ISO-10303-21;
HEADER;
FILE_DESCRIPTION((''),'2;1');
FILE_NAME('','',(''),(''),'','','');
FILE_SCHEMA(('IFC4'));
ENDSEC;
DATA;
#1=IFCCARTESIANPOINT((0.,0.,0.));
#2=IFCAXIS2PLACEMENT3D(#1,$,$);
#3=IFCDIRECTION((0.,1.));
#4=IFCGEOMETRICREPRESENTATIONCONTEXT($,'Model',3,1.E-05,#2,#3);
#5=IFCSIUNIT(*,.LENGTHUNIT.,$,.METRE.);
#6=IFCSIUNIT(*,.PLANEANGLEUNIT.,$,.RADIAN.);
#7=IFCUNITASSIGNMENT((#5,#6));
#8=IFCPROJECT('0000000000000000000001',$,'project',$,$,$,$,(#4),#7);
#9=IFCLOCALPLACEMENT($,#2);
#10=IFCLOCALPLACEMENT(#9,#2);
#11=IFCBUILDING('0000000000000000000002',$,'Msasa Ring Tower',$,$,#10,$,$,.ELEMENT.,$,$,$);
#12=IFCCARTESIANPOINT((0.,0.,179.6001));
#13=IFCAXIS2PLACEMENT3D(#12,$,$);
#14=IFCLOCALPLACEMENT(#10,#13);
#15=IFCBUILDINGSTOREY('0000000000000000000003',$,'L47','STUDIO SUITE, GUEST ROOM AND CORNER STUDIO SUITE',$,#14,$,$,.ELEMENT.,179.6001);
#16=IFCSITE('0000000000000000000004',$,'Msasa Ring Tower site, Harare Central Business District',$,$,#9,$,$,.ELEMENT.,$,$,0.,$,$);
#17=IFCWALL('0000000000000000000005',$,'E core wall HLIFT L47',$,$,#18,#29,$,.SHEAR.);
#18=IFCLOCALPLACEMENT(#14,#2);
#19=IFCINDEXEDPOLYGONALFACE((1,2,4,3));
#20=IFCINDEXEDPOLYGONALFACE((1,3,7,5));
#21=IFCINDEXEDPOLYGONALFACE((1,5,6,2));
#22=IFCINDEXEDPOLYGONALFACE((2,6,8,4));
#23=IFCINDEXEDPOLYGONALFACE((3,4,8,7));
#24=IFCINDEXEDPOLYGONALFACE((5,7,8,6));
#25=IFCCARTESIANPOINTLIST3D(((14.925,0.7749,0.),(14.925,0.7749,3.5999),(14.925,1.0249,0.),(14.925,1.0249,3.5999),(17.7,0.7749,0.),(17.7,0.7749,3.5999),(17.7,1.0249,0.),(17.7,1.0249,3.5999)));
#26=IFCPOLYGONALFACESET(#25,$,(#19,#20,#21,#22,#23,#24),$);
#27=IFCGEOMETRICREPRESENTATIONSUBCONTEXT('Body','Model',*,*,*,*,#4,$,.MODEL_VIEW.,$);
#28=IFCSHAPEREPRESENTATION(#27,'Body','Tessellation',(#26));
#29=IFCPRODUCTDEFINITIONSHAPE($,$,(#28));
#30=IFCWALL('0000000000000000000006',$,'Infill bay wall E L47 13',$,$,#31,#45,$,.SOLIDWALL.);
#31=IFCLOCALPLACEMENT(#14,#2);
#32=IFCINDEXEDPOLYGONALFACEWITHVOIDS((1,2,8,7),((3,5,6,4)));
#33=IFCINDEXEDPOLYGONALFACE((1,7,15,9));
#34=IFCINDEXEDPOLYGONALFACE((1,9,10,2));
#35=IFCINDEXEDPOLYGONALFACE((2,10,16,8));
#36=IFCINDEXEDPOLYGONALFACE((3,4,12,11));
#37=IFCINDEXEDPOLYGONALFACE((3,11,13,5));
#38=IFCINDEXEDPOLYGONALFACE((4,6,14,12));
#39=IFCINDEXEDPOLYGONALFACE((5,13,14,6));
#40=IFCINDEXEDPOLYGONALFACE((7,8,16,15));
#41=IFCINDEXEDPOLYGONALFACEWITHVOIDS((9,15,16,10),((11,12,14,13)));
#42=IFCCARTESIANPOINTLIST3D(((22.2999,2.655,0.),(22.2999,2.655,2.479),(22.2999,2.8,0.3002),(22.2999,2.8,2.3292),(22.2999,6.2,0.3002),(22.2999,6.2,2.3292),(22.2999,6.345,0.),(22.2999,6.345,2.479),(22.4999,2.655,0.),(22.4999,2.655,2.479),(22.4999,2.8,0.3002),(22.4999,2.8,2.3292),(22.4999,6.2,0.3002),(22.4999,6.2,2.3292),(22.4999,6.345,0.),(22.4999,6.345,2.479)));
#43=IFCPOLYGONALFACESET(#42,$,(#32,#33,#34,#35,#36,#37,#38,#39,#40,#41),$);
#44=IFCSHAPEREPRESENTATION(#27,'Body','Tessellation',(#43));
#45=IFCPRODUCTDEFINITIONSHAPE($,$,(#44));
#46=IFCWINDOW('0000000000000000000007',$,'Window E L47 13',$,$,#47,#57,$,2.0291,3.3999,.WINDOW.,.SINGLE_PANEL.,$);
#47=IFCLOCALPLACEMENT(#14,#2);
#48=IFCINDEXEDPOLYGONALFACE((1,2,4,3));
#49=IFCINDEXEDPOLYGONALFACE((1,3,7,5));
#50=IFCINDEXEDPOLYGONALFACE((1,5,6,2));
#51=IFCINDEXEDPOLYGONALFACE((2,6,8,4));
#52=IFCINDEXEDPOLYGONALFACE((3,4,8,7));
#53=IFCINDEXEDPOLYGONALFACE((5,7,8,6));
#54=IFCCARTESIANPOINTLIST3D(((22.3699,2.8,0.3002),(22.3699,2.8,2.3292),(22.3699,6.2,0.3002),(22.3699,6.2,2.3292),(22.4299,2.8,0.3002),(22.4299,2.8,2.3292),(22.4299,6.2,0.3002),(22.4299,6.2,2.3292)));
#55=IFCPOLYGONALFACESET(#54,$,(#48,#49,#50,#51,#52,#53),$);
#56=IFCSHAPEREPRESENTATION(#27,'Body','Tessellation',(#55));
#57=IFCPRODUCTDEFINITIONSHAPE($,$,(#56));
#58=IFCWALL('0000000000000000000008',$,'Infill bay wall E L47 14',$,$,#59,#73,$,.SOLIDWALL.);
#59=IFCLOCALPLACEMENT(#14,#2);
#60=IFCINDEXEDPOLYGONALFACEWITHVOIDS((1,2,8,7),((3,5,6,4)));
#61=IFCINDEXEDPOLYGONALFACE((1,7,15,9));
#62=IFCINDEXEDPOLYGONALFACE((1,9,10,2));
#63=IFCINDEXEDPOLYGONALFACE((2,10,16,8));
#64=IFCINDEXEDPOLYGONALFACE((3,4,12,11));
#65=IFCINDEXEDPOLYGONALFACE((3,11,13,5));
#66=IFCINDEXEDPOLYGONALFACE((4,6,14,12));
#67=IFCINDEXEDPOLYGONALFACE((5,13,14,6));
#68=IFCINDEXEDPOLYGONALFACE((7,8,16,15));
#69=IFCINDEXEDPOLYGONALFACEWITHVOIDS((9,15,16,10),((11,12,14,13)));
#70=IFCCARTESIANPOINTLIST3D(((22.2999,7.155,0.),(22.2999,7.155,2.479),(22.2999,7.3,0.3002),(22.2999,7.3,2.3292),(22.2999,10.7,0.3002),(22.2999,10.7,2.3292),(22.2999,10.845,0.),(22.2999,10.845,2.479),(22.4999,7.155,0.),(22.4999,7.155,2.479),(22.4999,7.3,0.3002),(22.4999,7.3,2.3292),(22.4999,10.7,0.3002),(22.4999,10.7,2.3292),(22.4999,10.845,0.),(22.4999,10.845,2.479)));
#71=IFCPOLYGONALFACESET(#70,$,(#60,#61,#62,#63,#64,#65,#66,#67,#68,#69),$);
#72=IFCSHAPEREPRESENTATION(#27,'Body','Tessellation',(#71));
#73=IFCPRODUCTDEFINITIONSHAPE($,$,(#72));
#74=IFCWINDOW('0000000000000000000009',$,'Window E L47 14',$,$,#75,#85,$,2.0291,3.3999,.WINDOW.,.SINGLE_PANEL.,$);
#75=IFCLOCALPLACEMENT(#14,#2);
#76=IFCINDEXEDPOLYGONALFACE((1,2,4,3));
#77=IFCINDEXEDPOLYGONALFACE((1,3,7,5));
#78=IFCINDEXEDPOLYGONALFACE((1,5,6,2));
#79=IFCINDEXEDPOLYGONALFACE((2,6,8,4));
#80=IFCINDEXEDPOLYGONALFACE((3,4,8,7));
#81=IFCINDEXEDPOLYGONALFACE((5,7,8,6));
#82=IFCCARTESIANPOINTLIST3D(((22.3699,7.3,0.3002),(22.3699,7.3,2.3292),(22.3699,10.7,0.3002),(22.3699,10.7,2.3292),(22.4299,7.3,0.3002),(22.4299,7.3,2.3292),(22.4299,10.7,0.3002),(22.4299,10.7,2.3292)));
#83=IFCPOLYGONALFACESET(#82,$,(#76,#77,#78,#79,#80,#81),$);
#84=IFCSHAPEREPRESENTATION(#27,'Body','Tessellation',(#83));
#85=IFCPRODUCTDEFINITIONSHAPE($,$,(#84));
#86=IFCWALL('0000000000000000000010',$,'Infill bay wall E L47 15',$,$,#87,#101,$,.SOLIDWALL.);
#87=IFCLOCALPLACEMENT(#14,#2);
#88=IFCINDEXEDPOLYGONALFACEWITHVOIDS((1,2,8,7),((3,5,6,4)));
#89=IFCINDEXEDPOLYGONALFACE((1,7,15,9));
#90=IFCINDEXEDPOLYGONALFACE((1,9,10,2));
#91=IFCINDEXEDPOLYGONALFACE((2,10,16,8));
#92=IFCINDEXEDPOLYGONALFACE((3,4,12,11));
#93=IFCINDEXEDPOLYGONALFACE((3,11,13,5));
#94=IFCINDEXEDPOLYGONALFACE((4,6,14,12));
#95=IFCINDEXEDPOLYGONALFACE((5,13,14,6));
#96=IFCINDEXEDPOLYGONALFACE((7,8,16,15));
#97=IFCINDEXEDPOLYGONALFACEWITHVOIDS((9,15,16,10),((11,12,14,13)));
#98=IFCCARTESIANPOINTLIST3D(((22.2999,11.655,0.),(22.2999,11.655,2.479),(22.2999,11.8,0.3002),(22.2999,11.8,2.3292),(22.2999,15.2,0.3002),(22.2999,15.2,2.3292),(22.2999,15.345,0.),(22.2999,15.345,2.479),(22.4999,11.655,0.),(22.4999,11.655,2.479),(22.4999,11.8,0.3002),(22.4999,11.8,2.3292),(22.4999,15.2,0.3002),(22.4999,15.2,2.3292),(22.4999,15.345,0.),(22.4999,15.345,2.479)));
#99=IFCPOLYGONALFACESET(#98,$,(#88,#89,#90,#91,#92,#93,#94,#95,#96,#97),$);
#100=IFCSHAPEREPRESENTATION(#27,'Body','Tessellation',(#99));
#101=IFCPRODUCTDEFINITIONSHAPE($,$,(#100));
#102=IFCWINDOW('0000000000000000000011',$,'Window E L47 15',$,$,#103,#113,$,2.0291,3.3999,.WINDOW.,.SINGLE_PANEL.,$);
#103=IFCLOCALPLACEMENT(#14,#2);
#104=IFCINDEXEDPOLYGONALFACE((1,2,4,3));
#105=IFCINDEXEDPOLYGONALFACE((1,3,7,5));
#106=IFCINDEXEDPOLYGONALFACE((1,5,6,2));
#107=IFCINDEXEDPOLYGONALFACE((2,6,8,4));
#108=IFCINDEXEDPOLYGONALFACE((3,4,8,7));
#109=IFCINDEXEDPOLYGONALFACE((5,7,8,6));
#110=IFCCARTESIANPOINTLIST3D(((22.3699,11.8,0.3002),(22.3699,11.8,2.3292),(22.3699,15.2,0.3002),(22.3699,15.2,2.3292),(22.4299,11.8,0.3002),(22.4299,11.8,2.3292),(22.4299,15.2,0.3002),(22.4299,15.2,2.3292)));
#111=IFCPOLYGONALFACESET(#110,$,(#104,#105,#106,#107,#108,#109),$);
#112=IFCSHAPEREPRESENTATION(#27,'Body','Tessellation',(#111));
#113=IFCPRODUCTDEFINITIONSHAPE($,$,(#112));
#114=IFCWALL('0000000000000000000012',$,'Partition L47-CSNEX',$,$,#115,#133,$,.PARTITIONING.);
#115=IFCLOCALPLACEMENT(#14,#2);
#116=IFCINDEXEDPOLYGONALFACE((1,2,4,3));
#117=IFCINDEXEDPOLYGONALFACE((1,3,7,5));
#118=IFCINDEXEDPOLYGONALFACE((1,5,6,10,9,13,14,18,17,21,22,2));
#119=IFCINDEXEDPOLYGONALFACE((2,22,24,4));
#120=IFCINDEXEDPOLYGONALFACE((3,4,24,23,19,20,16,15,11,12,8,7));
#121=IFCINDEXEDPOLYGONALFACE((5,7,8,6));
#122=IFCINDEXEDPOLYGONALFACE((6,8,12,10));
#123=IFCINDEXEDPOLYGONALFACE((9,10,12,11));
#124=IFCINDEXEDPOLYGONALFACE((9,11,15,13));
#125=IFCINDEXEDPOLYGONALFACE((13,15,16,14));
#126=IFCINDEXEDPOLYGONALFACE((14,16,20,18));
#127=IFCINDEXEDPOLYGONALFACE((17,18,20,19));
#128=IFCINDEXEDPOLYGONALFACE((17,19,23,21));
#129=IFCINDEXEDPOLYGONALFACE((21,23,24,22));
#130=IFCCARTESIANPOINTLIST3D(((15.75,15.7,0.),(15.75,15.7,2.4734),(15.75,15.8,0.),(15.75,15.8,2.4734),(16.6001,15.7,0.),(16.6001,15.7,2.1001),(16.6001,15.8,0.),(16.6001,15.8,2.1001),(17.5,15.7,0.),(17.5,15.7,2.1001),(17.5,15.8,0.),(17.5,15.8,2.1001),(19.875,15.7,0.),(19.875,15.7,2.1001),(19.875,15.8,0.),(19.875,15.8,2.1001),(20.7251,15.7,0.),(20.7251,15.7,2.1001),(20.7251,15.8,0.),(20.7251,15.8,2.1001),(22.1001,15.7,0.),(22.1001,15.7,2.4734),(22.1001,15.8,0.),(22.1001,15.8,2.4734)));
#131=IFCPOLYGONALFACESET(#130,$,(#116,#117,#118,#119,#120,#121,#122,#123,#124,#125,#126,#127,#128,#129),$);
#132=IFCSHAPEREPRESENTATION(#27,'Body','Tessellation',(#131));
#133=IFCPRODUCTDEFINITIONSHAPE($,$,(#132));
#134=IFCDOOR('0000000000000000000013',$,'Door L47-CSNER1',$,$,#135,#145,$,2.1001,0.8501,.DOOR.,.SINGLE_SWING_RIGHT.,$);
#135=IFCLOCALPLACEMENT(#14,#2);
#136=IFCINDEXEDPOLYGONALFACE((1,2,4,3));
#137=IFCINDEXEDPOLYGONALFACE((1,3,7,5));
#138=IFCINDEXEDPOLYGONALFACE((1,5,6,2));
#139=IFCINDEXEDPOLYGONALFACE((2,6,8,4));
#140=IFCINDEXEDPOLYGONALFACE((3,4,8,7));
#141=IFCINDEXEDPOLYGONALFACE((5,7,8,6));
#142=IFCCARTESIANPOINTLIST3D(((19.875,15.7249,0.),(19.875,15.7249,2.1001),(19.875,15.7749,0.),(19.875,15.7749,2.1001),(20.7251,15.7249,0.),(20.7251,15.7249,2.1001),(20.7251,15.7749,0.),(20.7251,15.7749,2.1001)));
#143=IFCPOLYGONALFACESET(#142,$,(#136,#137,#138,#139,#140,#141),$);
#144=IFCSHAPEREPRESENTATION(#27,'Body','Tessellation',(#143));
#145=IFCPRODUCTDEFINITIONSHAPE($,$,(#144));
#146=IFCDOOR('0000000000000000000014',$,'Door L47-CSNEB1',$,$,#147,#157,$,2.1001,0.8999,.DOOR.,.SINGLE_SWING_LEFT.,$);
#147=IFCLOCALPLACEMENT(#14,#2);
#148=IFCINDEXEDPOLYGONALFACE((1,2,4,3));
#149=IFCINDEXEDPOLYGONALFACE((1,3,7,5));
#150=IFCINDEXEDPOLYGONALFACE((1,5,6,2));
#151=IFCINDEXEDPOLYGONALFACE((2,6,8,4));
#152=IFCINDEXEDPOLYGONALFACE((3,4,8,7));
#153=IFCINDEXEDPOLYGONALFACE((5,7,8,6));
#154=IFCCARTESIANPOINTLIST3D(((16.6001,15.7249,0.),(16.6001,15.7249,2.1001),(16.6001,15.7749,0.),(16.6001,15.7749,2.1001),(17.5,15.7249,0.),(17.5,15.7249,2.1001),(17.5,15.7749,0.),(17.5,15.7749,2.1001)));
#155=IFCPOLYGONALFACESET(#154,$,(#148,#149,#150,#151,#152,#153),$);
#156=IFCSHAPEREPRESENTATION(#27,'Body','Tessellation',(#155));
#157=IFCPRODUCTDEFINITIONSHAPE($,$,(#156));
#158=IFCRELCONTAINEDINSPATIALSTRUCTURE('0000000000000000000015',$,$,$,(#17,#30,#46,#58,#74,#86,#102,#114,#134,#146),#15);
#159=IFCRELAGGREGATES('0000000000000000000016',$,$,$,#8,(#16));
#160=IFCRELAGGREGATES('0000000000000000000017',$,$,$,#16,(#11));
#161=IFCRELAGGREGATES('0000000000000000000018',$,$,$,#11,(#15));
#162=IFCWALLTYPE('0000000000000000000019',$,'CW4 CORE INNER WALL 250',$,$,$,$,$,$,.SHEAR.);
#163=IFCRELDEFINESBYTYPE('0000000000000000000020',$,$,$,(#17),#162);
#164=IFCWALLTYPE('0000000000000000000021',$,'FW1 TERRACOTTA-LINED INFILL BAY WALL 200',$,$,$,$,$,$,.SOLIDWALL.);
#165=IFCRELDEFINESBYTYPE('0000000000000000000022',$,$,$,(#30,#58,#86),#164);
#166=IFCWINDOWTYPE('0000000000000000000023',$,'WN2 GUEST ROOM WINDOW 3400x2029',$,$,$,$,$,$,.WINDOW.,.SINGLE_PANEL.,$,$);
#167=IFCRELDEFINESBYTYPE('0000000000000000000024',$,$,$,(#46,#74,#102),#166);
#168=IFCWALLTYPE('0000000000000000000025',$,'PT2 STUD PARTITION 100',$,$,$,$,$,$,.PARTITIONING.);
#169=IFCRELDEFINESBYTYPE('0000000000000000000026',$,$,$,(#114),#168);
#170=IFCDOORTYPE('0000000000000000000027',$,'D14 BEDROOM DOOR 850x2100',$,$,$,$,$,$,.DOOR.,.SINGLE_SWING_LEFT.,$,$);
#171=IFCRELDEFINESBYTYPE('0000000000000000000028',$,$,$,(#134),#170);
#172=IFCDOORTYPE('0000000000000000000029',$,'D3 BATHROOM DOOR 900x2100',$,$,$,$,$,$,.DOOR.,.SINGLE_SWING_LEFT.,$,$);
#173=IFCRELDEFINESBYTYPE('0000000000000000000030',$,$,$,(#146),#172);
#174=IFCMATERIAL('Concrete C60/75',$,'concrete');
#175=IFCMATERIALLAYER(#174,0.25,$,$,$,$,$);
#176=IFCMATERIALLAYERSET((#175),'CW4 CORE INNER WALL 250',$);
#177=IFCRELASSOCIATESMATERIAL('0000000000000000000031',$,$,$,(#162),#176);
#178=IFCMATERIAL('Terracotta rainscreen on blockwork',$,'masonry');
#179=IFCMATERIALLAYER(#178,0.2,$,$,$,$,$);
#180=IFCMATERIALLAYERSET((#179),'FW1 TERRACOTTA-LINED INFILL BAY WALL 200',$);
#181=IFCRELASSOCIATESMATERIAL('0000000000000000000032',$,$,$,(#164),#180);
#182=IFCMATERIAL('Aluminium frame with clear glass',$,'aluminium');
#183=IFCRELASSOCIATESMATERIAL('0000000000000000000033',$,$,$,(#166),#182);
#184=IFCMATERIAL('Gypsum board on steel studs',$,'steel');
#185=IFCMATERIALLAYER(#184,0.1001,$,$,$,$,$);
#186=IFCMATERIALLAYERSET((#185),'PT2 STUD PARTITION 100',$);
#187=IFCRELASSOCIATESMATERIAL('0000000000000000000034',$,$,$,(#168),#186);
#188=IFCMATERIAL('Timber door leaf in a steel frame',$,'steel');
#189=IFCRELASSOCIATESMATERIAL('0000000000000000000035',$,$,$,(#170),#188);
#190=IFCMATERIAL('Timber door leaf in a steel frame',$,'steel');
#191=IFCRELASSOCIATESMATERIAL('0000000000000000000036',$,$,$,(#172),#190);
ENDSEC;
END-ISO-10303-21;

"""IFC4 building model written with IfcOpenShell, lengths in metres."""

from ifc_helpers import new_model, si_unit, direction, frame, frame_2d, origin, place, context, subcontext, project, spatial, rectangle, extrude, material, layer, layer_set, type_object, element, fill, save


model = new_model("IFC4")

# Units and contexts
model_context = context("Model", 3, precision=1e-05, world=origin(), true_north=direction((0.0, 1.0)))
body_context = subcontext(model_context, "Body", "Model", "MODEL_VIEW")
ifc_project = project(units=[si_unit("LENGTHUNIT", "METRE"), si_unit("PLANEANGLEUNIT", "RADIAN")], contexts=[model_context])

# Site, building, storey
site_placement = place(None, origin())
site = spatial("IfcSite", under=ifc_project, at=site_placement, Name="Msasa Ring Tower site, Harare Central Business District", CompositionType="ELEMENT", RefElevation=0.0)
building_placement = place(site_placement, origin())
building = spatial("IfcBuilding", under=site, at=building_placement, Name="Msasa Ring Tower", CompositionType="ELEMENT")
storey_placement = place(building_placement, frame((0.0, 0.0, 179.6001)))
storey = spatial("IfcBuildingStorey", under=building, at=storey_placement, Name="L47", Description="STUDIO SUITE, GUEST ROOM AND CORNER STUDIO SUITE", CompositionType="ELEMENT", Elevation=179.6001)

# Wall
ifc_material_1 = material(Name="Concrete C60/75", Category="concrete")
ifc_layer_1 = layer(ifc_material_1, 0.25)
ifc_layer_set_1 = layer_set([ifc_layer_1], Name="CW4 CORE INNER WALL 250")
wall_type_1 = type_object("IfcWallType", Name="CW4 CORE INNER WALL 250", PredefinedType="SHEAR", material=ifc_layer_set_1)
wall_1_placement = place(storey_placement, frame((14.925, 0.8999, 0.0), z_axis=(0.0, 0.0, 1.0), x_axis=(1.0, 0.0, 0.0)))
element("IfcWall", 1, at=wall_1_placement, inside=storey, type_object=wall_type_1, Name="E core wall HLIFT L47", PredefinedType="SHEAR", context=body_context, shape_type="SweptSolid", body=[
    extrude(rectangle(XDim=2.7749, YDim=0.25, at=frame_2d((1.3875, 0.0))), origin(), (0.0, 0.0, 1.0), 3.5999),
])

# Walls, openings, windows
ifc_material_2 = material(Name="Terracotta rainscreen on blockwork", Category="masonry")
ifc_layer_2 = layer(ifc_material_2, 0.2)
ifc_layer_set_2 = layer_set([ifc_layer_2], Name="FW1 TERRACOTTA-LINED INFILL BAY WALL 200")
wall_type_2 = type_object("IfcWallType", Name="FW1 TERRACOTTA-LINED INFILL BAY WALL 200", PredefinedType="SOLIDWALL", material=ifc_layer_set_2)
wall_2_placement = place(storey_placement, frame((22.3999, 2.655, 0.0), z_axis=(0.0, 0.0, 1.0), x_axis=(0.0, 1.0, 0.0)))
wall_2 = element("IfcWall", 2, at=wall_2_placement, inside=storey, type_object=wall_type_2, Name="Infill bay wall E L47 13", PredefinedType="SOLIDWALL", context=body_context, shape_type="SweptSolid", body=[
    extrude(rectangle(XDim=3.6899, YDim=0.2, at=frame_2d((1.845, 0.0))), origin(), (0.0, 0.0, 1.0), 2.479),
])
opening_1_placement = place(wall_2_placement, frame((0.145, 0.0, 0.3)))
opening_1 = element("IfcOpeningElement", 3, at=opening_1_placement, cuts=wall_2, PredefinedType="OPENING", context=body_context, shape_type="SweptSolid", body=[
    extrude(rectangle(XDim=3.3999, YDim=2.0291, at=frame_2d((1.7, 1.0146))), frame((0.0, 0.1099, 0.0), z_axis=(0.0, -1.0, 0.0), x_axis=(1.0, 0.0, 0.0)), (0.0, 0.0, 1.0), 0.22),
])
ifc_material_3 = material(Name="Aluminium frame with clear glass", Category="aluminium")
window_type = type_object("IfcWindowType", Name="WN2 GUEST ROOM WINDOW 3400x2029", PartitioningType="SINGLE_PANEL", PredefinedType="WINDOW", material=ifc_material_3)
window_1_placement = place(opening_1_placement, origin())
window_1 = element("IfcWindow", 4, at=window_1_placement, inside=storey, type_object=window_type, Name="Window E L47 13", OverallHeight=2.0291, OverallWidth=3.3999, PartitioningType="SINGLE_PANEL", PredefinedType="WINDOW", context=body_context, shape_type="SweptSolid", body=[
    extrude(rectangle(XDim=3.3999, YDim=2.0291, at=frame_2d((1.7, 1.0146))), frame((0.0, 0.03, 0.0), z_axis=(0.0, -1.0, 0.0), x_axis=(1.0, 0.0, 0.0)), (0.0, 0.0, 1.0), 0.0601),
])
fill(opening_1, window_1)
wall_3_placement = place(storey_placement, frame((22.3999, 7.155, 0.0), z_axis=(0.0, 0.0, 1.0), x_axis=(0.0, 1.0, 0.0)))
wall_3 = element("IfcWall", 5, at=wall_3_placement, inside=storey, type_object=wall_type_2, Name="Infill bay wall E L47 14", PredefinedType="SOLIDWALL", context=body_context, shape_type="SweptSolid", body=[
    extrude(rectangle(XDim=3.6899, YDim=0.2, at=frame_2d((1.845, 0.0))), origin(), (0.0, 0.0, 1.0), 2.479),
])
opening_2_placement = place(wall_3_placement, frame((0.145, 0.0, 0.3)))
opening_2 = element("IfcOpeningElement", 6, at=opening_2_placement, cuts=wall_3, PredefinedType="OPENING", context=body_context, shape_type="SweptSolid", body=[
    extrude(rectangle(XDim=3.3999, YDim=2.0291, at=frame_2d((1.7, 1.0146))), frame((0.0, 0.1099, 0.0), z_axis=(0.0, -1.0, 0.0), x_axis=(1.0, 0.0, 0.0)), (0.0, 0.0, 1.0), 0.22),
])
window_2_placement = place(opening_2_placement, origin())
window_2 = element("IfcWindow", 7, at=window_2_placement, inside=storey, type_object=window_type, Name="Window E L47 14", OverallHeight=2.0291, OverallWidth=3.3999, PartitioningType="SINGLE_PANEL", PredefinedType="WINDOW", context=body_context, shape_type="SweptSolid", body=[
    extrude(rectangle(XDim=3.3999, YDim=2.0291, at=frame_2d((1.7, 1.0146))), frame((0.0, 0.03, 0.0), z_axis=(0.0, -1.0, 0.0), x_axis=(1.0, 0.0, 0.0)), (0.0, 0.0, 1.0), 0.0601),
])
fill(opening_2, window_2)
wall_4_placement = place(storey_placement, frame((22.3999, 11.655, 0.0), z_axis=(0.0, 0.0, 1.0), x_axis=(0.0, 1.0, 0.0)))
wall_4 = element("IfcWall", 8, at=wall_4_placement, inside=storey, type_object=wall_type_2, Name="Infill bay wall E L47 15", PredefinedType="SOLIDWALL", context=body_context, shape_type="SweptSolid", body=[
    extrude(rectangle(XDim=3.6899, YDim=0.2, at=frame_2d((1.845, 0.0))), origin(), (0.0, 0.0, 1.0), 2.479),
])
opening_3_placement = place(wall_4_placement, frame((0.145, 0.0, 0.3)))
opening_3 = element("IfcOpeningElement", 9, at=opening_3_placement, cuts=wall_4, PredefinedType="OPENING", context=body_context, shape_type="SweptSolid", body=[
    extrude(rectangle(XDim=3.3999, YDim=2.0291, at=frame_2d((1.7, 1.0146))), frame((0.0, 0.1099, 0.0), z_axis=(0.0, -1.0, 0.0), x_axis=(1.0, 0.0, 0.0)), (0.0, 0.0, 1.0), 0.22),
])
window_3_placement = place(opening_3_placement, origin())
window_3 = element("IfcWindow", 10, at=window_3_placement, inside=storey, type_object=window_type, Name="Window E L47 15", OverallHeight=2.0291, OverallWidth=3.3999, PartitioningType="SINGLE_PANEL", PredefinedType="WINDOW", context=body_context, shape_type="SweptSolid", body=[
    extrude(rectangle(XDim=3.3999, YDim=2.0291, at=frame_2d((1.7, 1.0146))), frame((0.0, 0.03, 0.0), z_axis=(0.0, -1.0, 0.0), x_axis=(1.0, 0.0, 0.0)), (0.0, 0.0, 1.0), 0.0601),
])
fill(opening_3, window_3)

# Wall, openings, doors
ifc_material_4 = material(Name="Gypsum board on steel studs", Category="steel")
ifc_layer_3 = layer(ifc_material_4, 0.1001)
ifc_layer_set_3 = layer_set([ifc_layer_3], Name="PT2 STUD PARTITION 100")
wall_type_3 = type_object("IfcWallType", Name="PT2 STUD PARTITION 100", PredefinedType="PARTITIONING", material=ifc_layer_set_3)
wall_5_placement = place(storey_placement, frame((15.75, 15.75, 0.0), z_axis=(0.0, 0.0, 1.0), x_axis=(1.0, 0.0, 0.0)))
wall_5 = element("IfcWall", 11, at=wall_5_placement, inside=storey, type_object=wall_type_3, Name="Partition L47-CSNEX", PredefinedType="PARTITIONING", context=body_context, shape_type="SweptSolid", body=[
    extrude(rectangle(XDim=6.3501, YDim=0.1001, at=frame_2d((3.175, 0.0))), origin(), (0.0, 0.0, 1.0), 2.4734),
])
opening_4_placement = place(wall_5_placement, frame((4.125, 0.0, 0.0)))
opening_4 = element("IfcOpeningElement", 12, at=opening_4_placement, cuts=wall_5, PredefinedType="OPENING", context=body_context, shape_type="SweptSolid", body=[
    extrude(rectangle(XDim=0.8501, YDim=2.1001, at=frame_2d((0.425, 1.05))), frame((0.0, 0.0601, 0.0), z_axis=(0.0, -1.0, 0.0), x_axis=(1.0, 0.0, 0.0)), (0.0, 0.0, 1.0), 0.1201),
])
opening_5_placement = place(wall_5_placement, frame((0.8501, 0.0, 0.0)))
opening_5 = element("IfcOpeningElement", 13, at=opening_5_placement, cuts=wall_5, PredefinedType="OPENING", context=body_context, shape_type="SweptSolid", body=[
    extrude(rectangle(XDim=0.8999, YDim=2.1001, at=frame_2d((0.45, 1.05))), frame((0.0, 0.0601, 0.0), z_axis=(0.0, -1.0, 0.0), x_axis=(1.0, 0.0, 0.0)), (0.0, 0.0, 1.0), 0.1201),
])
ifc_material_5 = material(Name="Timber door leaf in a steel frame", Category="steel")
door_type_1 = type_object("IfcDoorType", Name="D14 BEDROOM DOOR 850x2100", OperationType="SINGLE_SWING_LEFT", PredefinedType="DOOR", material=ifc_material_5)
door_1_placement = place(opening_4_placement, origin())
door_1 = element("IfcDoor", 14, at=door_1_placement, inside=storey, type_object=door_type_1, Name="Door L47-CSNER1", OperationType="SINGLE_SWING_RIGHT", OverallHeight=2.1001, OverallWidth=0.8501, PredefinedType="DOOR", context=body_context, shape_type="SweptSolid", body=[
    extrude(rectangle(XDim=0.8501, YDim=2.1001, at=frame_2d((0.425, 1.05))), frame((0.0, 0.0249, 0.0), z_axis=(0.0, -1.0, 0.0), x_axis=(1.0, 0.0, 0.0)), (0.0, 0.0, 1.0), 0.05),
])
fill(opening_4, door_1)
ifc_material_6 = material(Name="Timber door leaf in a steel frame", Category="steel")
door_type_2 = type_object("IfcDoorType", Name="D3 BATHROOM DOOR 900x2100", OperationType="SINGLE_SWING_LEFT", PredefinedType="DOOR", material=ifc_material_6)
door_2_placement = place(opening_5_placement, origin())
door_2 = element("IfcDoor", 15, at=door_2_placement, inside=storey, type_object=door_type_2, Name="Door L47-CSNEB1", OperationType="SINGLE_SWING_LEFT", OverallHeight=2.1001, OverallWidth=0.8999, PredefinedType="DOOR", context=body_context, shape_type="SweptSolid", body=[
    extrude(rectangle(XDim=0.8999, YDim=2.1001, at=frame_2d((0.45, 1.05))), frame((0.0, 0.0249, 0.0), z_axis=(0.0, -1.0, 0.0), x_axis=(1.0, 0.0, 0.0)), (0.0, 0.0, 1.0), 0.05),
])
fill(opening_5, door_2)

save(model, "model.ifc")
